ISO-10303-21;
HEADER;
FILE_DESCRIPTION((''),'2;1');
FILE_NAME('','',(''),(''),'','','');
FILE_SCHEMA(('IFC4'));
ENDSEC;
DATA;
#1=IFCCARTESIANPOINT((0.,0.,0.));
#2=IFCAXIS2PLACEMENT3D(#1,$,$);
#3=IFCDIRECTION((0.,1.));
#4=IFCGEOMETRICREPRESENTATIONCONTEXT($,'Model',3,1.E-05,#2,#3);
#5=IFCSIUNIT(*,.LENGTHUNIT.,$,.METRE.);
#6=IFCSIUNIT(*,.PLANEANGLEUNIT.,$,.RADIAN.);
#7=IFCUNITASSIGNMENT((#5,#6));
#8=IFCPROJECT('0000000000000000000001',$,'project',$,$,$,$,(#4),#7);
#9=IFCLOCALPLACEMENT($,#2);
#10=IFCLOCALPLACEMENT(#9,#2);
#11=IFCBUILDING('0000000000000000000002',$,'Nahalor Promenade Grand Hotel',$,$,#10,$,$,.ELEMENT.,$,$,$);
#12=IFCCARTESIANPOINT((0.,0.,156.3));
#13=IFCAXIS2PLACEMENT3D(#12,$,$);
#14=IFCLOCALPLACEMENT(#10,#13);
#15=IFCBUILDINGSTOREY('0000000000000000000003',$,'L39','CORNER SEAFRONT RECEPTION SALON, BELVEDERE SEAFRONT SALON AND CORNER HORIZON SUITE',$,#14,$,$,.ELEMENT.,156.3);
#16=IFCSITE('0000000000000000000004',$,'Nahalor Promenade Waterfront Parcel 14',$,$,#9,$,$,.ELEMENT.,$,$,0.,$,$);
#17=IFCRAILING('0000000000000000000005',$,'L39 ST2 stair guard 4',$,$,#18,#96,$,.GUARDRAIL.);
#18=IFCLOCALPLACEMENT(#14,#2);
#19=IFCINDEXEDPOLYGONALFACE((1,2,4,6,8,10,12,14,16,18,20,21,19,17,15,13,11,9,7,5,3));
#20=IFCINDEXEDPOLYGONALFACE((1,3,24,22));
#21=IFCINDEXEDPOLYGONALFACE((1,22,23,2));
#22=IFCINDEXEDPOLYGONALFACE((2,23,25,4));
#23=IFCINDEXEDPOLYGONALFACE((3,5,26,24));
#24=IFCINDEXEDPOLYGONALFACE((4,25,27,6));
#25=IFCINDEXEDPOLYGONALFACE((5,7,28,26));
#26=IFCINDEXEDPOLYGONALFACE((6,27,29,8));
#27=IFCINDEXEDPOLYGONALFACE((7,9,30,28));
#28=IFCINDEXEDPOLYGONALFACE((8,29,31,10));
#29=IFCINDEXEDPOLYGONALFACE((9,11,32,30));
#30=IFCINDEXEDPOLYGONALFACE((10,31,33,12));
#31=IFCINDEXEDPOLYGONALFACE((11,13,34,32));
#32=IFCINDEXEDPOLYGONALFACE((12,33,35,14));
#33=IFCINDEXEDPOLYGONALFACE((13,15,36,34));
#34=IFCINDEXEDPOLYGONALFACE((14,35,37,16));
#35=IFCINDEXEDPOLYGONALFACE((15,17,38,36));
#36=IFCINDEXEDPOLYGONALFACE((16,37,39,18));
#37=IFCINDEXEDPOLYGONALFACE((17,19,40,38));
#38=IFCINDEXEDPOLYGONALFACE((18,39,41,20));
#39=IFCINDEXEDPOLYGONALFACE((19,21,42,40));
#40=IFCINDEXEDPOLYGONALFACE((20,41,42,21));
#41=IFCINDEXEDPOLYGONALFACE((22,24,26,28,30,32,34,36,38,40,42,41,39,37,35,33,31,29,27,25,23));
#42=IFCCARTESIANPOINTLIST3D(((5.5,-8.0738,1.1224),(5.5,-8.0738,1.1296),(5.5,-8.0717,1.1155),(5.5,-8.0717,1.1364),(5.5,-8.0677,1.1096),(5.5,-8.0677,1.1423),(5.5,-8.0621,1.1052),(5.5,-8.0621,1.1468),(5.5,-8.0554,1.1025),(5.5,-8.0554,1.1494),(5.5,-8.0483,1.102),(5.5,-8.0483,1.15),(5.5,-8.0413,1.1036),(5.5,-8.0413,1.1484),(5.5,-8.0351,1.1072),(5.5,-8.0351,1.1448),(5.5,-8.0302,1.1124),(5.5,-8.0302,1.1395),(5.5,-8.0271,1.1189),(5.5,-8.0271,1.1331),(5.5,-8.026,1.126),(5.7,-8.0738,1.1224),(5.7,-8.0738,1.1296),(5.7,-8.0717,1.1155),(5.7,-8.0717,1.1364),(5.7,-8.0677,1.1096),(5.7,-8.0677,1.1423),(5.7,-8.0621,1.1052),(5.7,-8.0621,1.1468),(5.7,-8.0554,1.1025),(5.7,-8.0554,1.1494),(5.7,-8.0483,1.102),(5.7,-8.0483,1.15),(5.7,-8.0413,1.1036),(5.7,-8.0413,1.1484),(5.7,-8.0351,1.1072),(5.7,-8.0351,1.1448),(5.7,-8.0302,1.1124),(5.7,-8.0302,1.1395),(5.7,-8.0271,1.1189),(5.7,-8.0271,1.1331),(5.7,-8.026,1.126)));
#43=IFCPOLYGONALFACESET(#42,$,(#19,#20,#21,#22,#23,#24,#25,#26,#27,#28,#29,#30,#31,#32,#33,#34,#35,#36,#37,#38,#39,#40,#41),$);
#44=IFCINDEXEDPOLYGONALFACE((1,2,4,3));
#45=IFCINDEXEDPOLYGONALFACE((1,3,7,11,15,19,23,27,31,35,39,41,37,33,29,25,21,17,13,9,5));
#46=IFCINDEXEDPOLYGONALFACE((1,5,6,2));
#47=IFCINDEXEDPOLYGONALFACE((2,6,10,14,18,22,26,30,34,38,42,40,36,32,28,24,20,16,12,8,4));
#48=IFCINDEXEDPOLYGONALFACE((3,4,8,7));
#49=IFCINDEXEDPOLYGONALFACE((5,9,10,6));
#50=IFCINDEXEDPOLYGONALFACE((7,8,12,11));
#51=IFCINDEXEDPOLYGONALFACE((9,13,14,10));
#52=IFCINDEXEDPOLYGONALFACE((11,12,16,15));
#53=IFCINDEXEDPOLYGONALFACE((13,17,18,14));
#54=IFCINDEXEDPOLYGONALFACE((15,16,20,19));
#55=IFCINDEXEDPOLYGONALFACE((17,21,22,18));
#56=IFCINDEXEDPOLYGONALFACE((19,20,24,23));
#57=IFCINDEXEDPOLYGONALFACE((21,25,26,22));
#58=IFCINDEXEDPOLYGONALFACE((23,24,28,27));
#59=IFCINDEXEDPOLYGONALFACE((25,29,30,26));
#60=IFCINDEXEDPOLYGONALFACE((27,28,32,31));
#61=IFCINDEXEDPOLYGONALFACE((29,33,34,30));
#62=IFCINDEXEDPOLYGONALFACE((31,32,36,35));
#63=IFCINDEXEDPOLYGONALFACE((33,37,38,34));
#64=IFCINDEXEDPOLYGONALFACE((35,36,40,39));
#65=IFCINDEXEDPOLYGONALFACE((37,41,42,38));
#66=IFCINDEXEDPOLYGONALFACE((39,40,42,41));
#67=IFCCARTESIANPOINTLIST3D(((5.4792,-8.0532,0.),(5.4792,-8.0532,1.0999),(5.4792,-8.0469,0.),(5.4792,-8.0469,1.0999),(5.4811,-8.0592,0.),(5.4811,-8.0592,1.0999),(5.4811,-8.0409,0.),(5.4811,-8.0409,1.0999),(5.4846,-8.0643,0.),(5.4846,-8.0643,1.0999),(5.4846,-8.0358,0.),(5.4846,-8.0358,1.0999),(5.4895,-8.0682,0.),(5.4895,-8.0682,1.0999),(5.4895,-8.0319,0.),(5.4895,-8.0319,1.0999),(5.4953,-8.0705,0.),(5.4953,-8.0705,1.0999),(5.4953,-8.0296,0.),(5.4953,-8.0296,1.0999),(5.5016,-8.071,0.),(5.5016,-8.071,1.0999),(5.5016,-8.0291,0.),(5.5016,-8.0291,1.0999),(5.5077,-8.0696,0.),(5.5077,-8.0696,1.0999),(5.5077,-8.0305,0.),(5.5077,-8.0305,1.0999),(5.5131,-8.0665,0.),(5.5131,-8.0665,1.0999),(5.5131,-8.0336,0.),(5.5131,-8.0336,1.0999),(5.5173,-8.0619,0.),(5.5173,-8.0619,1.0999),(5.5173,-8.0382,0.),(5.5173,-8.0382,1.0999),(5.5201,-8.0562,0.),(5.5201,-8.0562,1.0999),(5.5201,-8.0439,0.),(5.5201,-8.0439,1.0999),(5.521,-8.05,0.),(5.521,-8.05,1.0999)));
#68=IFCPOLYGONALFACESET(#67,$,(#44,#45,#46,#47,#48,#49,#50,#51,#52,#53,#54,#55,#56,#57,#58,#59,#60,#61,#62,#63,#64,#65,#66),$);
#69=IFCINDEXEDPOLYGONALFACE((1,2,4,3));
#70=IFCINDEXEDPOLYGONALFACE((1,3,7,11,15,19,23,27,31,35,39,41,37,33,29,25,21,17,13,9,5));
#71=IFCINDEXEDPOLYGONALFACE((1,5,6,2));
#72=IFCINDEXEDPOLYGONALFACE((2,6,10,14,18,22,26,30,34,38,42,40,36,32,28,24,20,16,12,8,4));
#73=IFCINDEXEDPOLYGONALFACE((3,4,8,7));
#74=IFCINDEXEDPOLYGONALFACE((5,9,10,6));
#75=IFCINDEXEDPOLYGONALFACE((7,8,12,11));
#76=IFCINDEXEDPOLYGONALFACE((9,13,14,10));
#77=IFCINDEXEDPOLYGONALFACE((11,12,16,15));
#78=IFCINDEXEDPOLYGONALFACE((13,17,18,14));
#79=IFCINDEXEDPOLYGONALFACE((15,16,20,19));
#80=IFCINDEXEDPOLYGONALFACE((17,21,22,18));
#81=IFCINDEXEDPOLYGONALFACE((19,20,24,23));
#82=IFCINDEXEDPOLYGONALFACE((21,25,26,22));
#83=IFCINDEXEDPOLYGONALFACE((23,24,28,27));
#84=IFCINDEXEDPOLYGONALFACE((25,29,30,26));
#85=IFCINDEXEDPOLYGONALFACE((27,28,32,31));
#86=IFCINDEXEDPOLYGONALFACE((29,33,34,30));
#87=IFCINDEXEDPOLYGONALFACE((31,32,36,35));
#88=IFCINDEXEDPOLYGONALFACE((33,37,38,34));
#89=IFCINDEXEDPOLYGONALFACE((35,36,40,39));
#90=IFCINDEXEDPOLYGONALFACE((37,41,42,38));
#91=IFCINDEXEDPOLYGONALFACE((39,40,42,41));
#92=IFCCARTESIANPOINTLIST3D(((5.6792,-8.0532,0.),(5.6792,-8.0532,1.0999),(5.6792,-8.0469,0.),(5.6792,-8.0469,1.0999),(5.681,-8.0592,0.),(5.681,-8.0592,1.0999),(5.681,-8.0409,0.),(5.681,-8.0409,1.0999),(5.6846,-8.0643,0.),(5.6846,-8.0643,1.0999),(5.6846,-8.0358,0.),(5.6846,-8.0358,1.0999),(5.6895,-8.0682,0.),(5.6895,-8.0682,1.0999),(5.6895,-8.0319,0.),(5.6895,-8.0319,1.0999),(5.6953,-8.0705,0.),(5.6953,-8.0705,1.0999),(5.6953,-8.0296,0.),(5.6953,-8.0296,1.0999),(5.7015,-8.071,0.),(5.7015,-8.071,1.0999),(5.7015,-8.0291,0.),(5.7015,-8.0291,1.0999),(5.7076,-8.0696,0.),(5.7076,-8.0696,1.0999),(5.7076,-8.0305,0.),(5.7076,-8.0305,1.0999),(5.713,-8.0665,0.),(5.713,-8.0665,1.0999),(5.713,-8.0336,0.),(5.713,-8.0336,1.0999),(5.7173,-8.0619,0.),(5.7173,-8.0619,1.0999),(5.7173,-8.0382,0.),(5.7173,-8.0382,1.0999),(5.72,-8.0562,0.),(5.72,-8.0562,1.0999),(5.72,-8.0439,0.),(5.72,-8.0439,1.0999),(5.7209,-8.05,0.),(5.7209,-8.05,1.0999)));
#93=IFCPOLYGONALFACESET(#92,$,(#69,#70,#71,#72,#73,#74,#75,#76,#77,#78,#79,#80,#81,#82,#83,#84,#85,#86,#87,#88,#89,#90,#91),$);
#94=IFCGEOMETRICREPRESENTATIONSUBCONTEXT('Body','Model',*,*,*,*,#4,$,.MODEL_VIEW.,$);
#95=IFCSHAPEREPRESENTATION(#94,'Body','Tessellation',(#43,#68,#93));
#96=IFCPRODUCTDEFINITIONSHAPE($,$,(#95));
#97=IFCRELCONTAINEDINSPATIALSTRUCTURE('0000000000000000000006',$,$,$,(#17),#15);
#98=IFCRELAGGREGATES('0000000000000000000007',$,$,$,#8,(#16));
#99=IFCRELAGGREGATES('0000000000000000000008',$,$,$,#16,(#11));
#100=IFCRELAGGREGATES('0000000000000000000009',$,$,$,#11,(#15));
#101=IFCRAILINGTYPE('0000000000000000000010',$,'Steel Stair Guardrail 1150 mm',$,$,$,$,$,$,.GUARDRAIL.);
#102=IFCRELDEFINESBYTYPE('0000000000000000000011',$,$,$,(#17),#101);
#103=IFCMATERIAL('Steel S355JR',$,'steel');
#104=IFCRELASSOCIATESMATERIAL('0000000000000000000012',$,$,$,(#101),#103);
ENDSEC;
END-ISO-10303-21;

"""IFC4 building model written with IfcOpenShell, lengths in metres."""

from ifc_helpers import new_model, si_unit, direction, frame, origin, origin_2d, place, context, subcontext, project, spatial, circle, extrude, material, type_object, element, save


model = new_model("IFC4")

# Units and contexts
model_context = context("Model", 3, precision=1e-05, world=origin(), true_north=direction((0.0, 1.0)))
body_context = subcontext(model_context, "Body", "Model", "MODEL_VIEW")
ifc_project = project(units=[si_unit("LENGTHUNIT", "METRE"), si_unit("PLANEANGLEUNIT", "RADIAN")], contexts=[model_context])

# Site, building, storey
site_placement = place(None, origin())
site = spatial("IfcSite", under=ifc_project, at=site_placement, Name="Nahalor Promenade Waterfront Parcel 14", CompositionType="ELEMENT", RefElevation=0.0)
building_placement = place(site_placement, origin())
building = spatial("IfcBuilding", under=site, at=building_placement, Name="Nahalor Promenade Grand Hotel", CompositionType="ELEMENT")
storey_placement = place(building_placement, frame((0.0, 0.0, 156.3)))
storey = spatial("IfcBuildingStorey", under=building, at=storey_placement, Name="L39", Description="CORNER SEAFRONT RECEPTION SALON, BELVEDERE SEAFRONT SALON AND CORNER HORIZON SUITE", CompositionType="ELEMENT", Elevation=156.3)

# Shared definitions
ifc_material_1 = material(Name="Steel S355JR", Category="steel")

# Railing
railing_type_1 = type_object("IfcRailingType", Name="Steel Stair Guardrail 1150 mm", PredefinedType="GUARDRAIL", material=ifc_material_1)
railing_1_placement = place(storey_placement, frame((5.5, -8.05, 0.0)))
element("IfcRailing", 1, at=railing_1_placement, inside=storey, type_object=railing_type_1, Name="L39 ST2 stair guard 4", PredefinedType="GUARDRAIL", context=body_context, shape_type="SweptSolid", body=[
    extrude(circle(Radius=0.024, at=origin_2d()), frame((0.0, 0.0, 1.126), z_axis=(1.0, 0.0, 0.0), x_axis=(0.0, 1.0, 0.0)), (0.0, 0.0, 1.0), 0.2),
    extrude(circle(Radius=0.021, at=origin_2d()), origin(), (0.0, 0.0, 1.0), 1.0999),
    extrude(circle(Radius=0.021, at=origin_2d()), frame((0.2, 0.0, 0.0)), (0.0, 0.0, 1.0), 1.0999),
])

save(model, "model.ifc")
